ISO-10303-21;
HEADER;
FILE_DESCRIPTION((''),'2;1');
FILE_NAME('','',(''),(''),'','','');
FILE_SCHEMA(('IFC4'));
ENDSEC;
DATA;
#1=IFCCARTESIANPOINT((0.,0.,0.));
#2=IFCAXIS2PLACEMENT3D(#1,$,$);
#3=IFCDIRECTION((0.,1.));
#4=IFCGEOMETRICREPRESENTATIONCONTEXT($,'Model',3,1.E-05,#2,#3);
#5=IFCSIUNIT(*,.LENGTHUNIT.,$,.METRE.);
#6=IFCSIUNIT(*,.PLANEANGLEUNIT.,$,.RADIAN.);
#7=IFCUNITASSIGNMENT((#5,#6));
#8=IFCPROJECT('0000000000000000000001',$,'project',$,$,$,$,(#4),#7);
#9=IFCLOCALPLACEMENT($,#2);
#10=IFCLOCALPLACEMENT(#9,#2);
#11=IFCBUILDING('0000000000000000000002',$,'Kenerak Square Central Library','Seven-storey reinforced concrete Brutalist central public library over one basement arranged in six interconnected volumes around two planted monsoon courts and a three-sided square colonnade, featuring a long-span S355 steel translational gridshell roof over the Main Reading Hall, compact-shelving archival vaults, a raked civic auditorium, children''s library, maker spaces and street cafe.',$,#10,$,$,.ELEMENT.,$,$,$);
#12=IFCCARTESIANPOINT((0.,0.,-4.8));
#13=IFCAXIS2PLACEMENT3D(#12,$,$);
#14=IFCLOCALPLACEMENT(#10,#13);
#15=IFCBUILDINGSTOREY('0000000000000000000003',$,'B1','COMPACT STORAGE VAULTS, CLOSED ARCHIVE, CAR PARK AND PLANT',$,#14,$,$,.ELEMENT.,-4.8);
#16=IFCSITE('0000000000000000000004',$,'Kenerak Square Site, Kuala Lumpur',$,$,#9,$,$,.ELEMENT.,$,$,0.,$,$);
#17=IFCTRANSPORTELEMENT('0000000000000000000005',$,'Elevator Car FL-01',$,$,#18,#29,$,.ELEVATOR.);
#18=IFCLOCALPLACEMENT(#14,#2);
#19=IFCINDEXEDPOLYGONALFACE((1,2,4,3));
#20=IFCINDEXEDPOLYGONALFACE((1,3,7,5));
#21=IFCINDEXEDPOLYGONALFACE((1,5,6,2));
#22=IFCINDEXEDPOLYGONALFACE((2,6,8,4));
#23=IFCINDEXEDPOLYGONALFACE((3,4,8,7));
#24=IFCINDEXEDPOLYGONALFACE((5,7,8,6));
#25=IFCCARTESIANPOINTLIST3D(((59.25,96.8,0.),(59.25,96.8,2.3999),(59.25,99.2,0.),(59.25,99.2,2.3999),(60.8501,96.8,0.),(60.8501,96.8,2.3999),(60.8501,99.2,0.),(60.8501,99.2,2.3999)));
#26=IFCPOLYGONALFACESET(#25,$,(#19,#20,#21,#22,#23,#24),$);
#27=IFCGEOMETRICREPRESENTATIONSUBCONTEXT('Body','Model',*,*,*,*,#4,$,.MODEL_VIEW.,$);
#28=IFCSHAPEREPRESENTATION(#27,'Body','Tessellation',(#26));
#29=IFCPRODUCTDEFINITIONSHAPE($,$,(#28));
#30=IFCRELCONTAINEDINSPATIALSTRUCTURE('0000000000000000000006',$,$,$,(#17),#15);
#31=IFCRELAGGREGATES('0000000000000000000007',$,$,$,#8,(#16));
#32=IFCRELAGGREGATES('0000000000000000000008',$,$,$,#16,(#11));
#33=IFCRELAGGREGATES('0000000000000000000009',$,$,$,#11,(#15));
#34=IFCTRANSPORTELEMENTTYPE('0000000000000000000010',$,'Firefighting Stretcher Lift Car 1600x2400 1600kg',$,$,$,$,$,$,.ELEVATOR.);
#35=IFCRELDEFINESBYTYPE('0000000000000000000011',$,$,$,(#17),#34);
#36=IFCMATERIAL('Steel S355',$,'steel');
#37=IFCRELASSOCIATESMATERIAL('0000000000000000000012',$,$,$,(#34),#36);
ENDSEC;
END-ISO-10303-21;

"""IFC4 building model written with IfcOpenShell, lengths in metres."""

from ifc_helpers import new_model, si_unit, direction, frame, origin, origin_2d, place, context, subcontext, project, spatial, rectangle, extrude, material, type_object, element, save


model = new_model("IFC4")

# Units and contexts
model_context = context("Model", 3, precision=1e-05, world=origin(), true_north=direction((0.0, 1.0)))
body_context = subcontext(model_context, "Body", "Model", "MODEL_VIEW")
ifc_project = project(units=[si_unit("LENGTHUNIT", "METRE"), si_unit("PLANEANGLEUNIT", "RADIAN")], contexts=[model_context])

# Site, building, storey
site_placement = place(None, origin())
site = spatial("IfcSite", under=ifc_project, at=site_placement, Name="Kenerak Square Site, Kuala Lumpur", CompositionType="ELEMENT", RefElevation=0.0)
building_placement = place(site_placement, origin())
building = spatial("IfcBuilding", under=site, at=building_placement, Name="Kenerak Square Central Library", Description="Seven-storey reinforced concrete Brutalist central public library over one basement arranged in six interconnected volumes around two planted monsoon courts and a three-sided square colonnade, featuring a long-span S355 steel translational gridshell roof over the Main Reading Hall, compact-shelving archival vaults, a raked civic auditorium, children's library, maker spaces and street cafe.", CompositionType="ELEMENT")
storey_placement = place(building_placement, frame((0.0, 0.0, -4.8)))
storey = spatial("IfcBuildingStorey", under=building, at=storey_placement, Name="B1", Description="COMPACT STORAGE VAULTS, CLOSED ARCHIVE, CAR PARK AND PLANT", CompositionType="ELEMENT", Elevation=-4.8)

# Transport element
ifc_material_1 = material(Name="Steel S355", Category="steel")
transport_element_type = type_object("IfcTransportElementType", Name="Firefighting Stretcher Lift Car 1600x2400 1600kg", PredefinedType="ELEVATOR", material=ifc_material_1)
transport_element_placement = place(storey_placement, frame((60.05, 98.0, 0.0), z_axis=(0.0, 0.0, 1.0), x_axis=(1.0, 0.0, 0.0)))
element("IfcTransportElement", 1, at=transport_element_placement, inside=storey, type_object=transport_element_type, Name="Elevator Car FL-01", PredefinedType="ELEVATOR", context=body_context, shape_type="SweptSolid", body=[
    extrude(rectangle(XDim=1.6001, YDim=2.3999, at=origin_2d()), origin(), (0.0, 0.0, 1.0), 2.3999),
])

save(model, "model.ifc")
